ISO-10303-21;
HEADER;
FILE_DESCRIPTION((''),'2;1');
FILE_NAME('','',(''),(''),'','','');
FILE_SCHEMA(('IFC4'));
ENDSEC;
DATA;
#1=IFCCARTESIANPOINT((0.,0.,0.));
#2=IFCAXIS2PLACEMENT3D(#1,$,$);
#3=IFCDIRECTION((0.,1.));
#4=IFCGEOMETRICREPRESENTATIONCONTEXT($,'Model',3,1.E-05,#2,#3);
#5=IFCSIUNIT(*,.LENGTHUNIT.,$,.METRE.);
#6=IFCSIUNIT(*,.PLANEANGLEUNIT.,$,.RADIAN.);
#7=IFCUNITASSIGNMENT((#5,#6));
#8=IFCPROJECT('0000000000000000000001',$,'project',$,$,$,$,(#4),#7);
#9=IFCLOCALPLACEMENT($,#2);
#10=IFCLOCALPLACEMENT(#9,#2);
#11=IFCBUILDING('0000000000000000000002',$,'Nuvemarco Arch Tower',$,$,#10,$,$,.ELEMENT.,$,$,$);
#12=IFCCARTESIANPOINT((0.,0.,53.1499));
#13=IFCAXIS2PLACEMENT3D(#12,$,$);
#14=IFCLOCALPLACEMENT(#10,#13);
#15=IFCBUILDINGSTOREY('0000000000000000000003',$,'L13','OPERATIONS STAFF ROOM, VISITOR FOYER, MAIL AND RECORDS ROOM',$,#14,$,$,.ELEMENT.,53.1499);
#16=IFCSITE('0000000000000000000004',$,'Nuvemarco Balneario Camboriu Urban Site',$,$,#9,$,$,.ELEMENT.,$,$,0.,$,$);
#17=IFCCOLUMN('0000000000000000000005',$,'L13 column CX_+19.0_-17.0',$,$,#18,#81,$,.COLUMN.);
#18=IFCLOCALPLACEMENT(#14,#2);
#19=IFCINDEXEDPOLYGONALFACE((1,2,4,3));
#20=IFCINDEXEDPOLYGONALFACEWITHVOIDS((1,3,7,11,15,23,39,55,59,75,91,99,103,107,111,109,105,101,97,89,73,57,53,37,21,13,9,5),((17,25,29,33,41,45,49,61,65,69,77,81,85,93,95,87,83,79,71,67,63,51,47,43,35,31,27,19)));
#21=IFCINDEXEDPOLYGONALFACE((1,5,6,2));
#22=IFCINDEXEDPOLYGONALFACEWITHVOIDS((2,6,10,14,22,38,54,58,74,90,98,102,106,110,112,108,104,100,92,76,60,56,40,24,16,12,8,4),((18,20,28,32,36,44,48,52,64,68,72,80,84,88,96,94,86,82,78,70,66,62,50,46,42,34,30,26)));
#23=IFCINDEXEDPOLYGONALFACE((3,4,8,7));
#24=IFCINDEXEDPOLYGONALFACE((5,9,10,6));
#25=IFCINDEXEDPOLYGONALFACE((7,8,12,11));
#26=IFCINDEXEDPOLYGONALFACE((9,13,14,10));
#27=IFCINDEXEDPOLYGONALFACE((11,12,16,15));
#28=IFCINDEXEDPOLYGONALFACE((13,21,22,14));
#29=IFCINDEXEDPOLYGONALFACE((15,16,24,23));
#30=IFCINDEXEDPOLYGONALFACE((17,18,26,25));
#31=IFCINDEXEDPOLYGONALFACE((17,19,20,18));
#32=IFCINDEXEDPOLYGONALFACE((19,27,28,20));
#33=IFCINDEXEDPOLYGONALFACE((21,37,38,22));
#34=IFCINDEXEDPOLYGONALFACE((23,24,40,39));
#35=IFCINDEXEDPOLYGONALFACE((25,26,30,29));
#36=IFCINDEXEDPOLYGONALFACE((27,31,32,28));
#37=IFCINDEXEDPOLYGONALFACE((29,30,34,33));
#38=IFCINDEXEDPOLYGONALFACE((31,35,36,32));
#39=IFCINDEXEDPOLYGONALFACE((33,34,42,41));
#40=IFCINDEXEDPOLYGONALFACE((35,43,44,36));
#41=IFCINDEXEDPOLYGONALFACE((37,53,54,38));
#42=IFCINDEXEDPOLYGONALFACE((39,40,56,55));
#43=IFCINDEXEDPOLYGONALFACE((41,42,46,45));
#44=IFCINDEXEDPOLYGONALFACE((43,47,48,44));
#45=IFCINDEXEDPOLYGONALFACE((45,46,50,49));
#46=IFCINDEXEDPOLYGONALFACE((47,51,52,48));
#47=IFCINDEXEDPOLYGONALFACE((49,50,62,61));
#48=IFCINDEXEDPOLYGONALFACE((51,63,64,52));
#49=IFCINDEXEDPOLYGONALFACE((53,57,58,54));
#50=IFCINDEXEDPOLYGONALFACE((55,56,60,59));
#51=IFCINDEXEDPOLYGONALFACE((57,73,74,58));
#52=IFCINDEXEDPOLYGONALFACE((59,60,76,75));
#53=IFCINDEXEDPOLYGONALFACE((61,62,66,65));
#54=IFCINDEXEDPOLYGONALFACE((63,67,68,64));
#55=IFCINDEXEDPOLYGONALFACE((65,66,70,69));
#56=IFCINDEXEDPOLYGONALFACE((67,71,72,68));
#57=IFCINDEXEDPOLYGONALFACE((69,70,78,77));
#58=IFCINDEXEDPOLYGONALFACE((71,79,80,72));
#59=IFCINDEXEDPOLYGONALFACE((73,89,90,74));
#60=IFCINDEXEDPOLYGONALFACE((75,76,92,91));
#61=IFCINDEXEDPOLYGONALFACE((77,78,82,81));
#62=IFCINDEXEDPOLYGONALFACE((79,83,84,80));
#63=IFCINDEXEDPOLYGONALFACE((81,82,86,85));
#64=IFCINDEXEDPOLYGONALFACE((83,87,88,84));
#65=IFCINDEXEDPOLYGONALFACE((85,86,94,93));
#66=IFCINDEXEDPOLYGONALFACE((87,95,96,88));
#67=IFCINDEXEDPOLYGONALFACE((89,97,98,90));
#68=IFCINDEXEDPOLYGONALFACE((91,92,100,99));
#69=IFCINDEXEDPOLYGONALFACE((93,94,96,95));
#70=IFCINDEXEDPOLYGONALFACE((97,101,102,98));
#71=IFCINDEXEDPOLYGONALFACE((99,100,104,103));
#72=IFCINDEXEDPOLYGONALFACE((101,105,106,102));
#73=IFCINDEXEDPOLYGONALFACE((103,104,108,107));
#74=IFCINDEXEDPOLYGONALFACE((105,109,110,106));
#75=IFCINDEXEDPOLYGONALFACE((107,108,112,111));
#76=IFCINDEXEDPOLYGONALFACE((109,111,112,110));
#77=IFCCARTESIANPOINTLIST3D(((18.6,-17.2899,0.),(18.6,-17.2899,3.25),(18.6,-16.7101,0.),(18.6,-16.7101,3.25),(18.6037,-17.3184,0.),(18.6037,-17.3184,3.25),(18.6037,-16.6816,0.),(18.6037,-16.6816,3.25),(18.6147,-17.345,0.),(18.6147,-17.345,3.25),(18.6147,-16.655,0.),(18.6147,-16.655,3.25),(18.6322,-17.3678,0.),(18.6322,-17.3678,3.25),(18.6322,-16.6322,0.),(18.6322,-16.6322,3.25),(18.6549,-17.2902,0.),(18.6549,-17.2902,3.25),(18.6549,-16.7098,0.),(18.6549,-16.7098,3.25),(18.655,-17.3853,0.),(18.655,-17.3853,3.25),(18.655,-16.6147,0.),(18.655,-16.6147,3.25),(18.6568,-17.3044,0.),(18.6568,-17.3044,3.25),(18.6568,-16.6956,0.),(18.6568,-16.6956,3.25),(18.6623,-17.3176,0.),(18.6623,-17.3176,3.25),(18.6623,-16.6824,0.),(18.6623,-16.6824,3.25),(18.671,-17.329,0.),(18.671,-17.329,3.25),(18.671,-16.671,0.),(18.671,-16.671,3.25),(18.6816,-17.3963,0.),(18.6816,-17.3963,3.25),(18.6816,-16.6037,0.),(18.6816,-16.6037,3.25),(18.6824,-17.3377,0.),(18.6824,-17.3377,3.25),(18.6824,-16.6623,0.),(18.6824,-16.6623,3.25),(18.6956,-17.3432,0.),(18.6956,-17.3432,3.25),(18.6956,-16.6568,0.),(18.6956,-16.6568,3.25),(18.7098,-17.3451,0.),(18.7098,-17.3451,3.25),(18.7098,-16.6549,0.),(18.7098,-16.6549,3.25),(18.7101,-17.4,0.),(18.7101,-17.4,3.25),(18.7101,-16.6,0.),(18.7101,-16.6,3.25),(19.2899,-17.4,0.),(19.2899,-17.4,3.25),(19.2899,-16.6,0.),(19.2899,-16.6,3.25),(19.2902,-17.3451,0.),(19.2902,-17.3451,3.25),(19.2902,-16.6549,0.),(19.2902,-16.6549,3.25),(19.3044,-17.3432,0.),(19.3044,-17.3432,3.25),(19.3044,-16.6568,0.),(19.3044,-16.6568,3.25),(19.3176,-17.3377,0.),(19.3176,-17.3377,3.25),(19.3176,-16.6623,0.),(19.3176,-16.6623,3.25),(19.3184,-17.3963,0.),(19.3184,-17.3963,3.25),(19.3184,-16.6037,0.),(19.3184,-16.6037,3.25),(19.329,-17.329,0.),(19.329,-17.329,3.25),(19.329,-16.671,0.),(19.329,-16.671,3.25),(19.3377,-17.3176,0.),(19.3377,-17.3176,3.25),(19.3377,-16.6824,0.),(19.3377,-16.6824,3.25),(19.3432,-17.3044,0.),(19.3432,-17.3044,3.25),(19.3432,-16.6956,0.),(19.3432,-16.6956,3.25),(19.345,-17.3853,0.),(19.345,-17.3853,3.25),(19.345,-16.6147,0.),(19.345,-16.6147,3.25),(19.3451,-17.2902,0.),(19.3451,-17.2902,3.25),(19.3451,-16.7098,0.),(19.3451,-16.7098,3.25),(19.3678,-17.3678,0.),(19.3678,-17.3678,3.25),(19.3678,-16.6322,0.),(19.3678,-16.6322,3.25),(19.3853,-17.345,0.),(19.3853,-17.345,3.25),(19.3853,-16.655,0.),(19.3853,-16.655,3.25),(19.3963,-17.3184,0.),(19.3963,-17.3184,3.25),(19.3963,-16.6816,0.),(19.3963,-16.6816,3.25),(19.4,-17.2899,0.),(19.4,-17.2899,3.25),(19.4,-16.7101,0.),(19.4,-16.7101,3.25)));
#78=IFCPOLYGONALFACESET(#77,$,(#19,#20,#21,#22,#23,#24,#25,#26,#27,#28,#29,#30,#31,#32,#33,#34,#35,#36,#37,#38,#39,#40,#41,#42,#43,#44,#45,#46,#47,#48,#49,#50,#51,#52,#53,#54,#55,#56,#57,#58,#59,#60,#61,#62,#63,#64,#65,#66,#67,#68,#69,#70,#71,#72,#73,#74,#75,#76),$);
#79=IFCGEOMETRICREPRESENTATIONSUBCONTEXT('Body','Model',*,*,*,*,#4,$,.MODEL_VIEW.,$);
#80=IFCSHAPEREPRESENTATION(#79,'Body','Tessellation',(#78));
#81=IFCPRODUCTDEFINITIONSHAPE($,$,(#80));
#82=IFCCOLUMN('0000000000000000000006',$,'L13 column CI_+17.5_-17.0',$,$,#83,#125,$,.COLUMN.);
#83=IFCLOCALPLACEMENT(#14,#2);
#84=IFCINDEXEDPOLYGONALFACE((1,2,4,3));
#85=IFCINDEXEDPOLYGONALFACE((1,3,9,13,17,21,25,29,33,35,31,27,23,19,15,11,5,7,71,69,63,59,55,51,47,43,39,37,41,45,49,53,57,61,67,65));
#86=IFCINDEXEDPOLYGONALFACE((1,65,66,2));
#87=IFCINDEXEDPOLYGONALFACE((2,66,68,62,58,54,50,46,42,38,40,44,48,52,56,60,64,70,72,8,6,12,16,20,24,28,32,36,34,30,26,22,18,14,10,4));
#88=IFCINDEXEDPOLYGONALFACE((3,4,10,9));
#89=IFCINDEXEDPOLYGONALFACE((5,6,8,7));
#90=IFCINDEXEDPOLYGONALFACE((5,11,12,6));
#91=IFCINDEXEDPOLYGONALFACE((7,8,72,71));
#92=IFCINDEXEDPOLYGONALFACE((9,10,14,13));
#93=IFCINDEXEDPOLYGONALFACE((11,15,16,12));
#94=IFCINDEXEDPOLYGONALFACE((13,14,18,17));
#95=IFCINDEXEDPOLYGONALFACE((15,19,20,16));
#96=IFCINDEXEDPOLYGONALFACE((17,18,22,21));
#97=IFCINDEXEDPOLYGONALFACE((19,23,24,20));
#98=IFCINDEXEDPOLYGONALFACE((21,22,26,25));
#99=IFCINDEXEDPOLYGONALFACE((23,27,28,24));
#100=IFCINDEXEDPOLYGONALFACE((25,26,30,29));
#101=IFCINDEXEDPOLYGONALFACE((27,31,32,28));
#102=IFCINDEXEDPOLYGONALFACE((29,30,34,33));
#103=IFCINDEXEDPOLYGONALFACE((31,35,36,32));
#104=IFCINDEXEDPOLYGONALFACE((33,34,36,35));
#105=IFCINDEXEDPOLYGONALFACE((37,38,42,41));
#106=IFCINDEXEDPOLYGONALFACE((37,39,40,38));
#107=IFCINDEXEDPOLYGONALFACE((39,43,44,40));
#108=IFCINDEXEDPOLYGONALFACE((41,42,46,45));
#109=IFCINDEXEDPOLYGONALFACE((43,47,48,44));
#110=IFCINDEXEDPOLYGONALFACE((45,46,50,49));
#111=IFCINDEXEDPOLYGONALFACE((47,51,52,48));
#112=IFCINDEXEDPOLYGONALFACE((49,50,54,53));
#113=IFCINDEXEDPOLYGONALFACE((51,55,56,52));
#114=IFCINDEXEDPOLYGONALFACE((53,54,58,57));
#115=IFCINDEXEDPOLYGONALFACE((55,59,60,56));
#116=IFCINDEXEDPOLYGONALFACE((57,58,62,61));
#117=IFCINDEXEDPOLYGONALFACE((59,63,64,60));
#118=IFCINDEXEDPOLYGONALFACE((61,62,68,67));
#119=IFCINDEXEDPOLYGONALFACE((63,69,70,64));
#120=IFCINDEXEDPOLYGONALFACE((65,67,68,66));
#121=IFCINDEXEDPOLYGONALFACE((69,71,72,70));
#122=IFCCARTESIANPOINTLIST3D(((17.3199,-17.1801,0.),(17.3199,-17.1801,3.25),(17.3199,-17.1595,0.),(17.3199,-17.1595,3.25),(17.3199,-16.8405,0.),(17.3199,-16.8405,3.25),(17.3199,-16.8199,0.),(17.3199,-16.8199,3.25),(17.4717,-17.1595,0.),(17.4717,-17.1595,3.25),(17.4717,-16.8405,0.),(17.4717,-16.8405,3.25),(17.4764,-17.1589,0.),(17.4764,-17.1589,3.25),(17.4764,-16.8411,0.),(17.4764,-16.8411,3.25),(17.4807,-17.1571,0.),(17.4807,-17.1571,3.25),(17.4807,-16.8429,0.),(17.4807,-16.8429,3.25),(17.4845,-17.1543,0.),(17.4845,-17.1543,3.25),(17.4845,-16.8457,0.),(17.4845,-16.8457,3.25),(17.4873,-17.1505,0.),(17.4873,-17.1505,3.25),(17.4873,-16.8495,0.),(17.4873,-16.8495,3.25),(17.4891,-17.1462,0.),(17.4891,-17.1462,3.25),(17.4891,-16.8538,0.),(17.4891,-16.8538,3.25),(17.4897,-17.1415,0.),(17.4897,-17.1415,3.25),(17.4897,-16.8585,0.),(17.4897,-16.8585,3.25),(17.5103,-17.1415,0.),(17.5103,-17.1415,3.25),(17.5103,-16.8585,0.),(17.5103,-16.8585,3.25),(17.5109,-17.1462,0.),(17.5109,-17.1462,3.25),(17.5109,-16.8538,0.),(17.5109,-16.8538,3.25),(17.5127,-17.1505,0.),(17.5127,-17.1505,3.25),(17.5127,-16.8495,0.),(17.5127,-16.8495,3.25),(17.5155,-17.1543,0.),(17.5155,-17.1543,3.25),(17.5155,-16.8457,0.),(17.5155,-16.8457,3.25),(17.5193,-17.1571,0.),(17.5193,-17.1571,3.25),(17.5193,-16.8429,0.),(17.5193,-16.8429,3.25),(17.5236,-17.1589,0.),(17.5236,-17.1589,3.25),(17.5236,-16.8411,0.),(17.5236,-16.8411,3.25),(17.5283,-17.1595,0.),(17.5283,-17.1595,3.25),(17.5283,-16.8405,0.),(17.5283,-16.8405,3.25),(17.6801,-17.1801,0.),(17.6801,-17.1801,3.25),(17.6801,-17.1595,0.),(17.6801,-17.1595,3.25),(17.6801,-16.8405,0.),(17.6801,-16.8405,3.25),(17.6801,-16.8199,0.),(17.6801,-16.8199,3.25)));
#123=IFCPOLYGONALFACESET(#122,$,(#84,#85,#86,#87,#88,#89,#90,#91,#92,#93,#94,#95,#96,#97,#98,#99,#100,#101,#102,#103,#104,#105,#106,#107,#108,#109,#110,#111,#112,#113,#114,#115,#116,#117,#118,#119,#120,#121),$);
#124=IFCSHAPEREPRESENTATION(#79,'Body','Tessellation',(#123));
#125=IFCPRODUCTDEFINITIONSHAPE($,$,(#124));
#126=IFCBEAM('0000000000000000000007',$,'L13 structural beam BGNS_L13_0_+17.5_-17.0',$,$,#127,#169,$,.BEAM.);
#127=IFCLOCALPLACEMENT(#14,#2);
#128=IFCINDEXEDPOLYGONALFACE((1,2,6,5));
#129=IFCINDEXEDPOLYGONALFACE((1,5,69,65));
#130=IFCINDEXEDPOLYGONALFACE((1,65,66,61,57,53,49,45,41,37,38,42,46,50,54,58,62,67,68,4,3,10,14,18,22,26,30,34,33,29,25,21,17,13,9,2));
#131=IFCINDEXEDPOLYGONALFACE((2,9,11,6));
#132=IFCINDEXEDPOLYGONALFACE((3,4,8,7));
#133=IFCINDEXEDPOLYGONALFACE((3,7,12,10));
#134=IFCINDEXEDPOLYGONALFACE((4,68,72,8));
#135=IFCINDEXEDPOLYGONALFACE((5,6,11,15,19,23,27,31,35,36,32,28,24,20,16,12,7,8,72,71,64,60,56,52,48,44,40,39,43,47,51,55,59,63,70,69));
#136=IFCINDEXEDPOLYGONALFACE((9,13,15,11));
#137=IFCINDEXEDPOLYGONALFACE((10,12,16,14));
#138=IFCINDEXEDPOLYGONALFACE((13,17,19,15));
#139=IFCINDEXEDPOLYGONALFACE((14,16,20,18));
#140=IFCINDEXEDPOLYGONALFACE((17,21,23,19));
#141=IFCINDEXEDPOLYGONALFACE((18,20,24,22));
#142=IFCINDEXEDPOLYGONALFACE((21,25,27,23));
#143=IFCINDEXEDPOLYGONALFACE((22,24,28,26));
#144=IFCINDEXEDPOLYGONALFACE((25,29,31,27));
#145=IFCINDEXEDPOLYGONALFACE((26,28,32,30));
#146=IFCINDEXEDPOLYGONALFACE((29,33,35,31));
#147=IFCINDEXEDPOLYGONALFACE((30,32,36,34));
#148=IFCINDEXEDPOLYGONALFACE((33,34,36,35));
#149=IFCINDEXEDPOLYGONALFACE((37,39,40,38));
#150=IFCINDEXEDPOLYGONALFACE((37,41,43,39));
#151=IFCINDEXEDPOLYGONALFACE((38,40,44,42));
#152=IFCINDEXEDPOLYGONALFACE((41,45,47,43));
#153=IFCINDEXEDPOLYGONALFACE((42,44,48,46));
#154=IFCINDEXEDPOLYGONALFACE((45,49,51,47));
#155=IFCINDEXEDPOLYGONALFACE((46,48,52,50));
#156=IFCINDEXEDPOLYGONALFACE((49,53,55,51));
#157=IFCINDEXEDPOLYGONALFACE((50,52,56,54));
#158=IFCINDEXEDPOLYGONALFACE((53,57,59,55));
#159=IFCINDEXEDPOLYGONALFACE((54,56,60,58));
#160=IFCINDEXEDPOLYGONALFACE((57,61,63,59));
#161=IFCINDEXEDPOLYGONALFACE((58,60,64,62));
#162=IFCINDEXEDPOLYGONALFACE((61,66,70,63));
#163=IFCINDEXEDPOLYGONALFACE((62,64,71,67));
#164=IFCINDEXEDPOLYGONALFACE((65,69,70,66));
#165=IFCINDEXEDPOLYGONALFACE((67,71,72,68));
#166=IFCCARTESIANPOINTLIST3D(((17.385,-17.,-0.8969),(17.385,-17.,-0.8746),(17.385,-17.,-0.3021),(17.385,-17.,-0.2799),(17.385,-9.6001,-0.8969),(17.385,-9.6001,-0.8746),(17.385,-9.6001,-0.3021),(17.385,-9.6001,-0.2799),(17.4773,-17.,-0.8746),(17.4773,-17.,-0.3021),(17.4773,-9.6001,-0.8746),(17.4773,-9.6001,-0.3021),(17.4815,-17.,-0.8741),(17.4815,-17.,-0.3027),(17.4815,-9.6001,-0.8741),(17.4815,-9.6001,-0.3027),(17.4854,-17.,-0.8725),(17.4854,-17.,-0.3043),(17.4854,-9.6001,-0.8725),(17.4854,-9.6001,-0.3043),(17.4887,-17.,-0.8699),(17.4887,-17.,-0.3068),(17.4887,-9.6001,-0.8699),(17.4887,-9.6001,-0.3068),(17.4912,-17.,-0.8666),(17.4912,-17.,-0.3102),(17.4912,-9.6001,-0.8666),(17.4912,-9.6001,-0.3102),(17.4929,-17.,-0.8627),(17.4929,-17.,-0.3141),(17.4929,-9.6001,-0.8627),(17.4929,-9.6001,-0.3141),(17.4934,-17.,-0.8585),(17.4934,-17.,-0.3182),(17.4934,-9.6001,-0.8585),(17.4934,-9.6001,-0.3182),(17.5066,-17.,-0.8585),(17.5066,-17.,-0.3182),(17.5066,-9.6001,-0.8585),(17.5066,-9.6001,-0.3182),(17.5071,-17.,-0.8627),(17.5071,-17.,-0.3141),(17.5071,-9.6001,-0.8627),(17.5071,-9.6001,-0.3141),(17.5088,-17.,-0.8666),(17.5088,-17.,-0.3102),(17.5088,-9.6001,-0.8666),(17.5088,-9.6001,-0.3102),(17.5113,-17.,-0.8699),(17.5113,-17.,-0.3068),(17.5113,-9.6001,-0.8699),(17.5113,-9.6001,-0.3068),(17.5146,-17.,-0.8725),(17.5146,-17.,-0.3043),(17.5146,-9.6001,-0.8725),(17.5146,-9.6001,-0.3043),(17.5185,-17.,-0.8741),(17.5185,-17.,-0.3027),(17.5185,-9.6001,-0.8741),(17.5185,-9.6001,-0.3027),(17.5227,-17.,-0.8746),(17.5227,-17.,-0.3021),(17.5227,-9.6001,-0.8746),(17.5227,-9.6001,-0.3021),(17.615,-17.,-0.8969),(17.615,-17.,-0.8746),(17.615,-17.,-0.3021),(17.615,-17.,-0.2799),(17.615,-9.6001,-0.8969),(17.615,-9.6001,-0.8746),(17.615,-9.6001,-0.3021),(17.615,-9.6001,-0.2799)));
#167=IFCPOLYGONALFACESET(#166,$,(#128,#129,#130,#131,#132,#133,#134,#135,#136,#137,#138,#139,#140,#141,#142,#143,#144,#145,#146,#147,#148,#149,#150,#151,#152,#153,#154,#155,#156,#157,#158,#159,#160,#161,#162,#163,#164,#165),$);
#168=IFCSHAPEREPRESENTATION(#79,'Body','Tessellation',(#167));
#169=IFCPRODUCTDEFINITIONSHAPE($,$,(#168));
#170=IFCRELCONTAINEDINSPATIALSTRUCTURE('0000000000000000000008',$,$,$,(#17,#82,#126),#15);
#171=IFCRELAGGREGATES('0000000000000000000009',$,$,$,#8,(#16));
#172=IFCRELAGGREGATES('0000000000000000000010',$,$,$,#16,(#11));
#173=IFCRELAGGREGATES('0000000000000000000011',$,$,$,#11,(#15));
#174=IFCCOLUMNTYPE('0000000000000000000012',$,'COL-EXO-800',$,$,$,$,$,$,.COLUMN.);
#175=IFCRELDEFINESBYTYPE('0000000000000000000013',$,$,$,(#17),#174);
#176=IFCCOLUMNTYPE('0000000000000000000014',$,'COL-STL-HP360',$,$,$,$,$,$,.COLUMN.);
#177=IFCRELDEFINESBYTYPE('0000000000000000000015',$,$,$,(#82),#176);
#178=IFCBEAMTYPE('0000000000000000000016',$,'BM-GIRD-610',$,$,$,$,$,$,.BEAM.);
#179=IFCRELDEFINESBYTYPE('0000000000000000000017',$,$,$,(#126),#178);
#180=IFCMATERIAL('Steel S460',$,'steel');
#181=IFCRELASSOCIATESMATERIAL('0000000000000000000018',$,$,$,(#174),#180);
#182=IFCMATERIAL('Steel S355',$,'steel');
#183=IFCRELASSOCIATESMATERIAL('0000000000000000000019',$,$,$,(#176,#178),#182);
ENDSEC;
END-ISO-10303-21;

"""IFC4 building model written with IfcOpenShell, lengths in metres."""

from ifc_helpers import new_model, si_unit, direction, frame, origin, origin_2d, place, context, subcontext, project, spatial, hollow_rectangle, i_section, extrude, material, material_profile, profile_set, type_object, element, save


model = new_model("IFC4")

# Units and contexts
model_context = context("Model", 3, precision=1e-05, world=origin(), true_north=direction((0.0, 1.0)))
body_context = subcontext(model_context, "Body", "Model", "MODEL_VIEW")
ifc_project = project(units=[si_unit("LENGTHUNIT", "METRE"), si_unit("PLANEANGLEUNIT", "RADIAN")], contexts=[model_context])

# Site, building, storey
site_placement = place(None, origin())
site = spatial("IfcSite", under=ifc_project, at=site_placement, Name="Nuvemarco Balneario Camboriu Urban Site", CompositionType="ELEMENT", RefElevation=0.0)
building_placement = place(site_placement, origin())
building = spatial("IfcBuilding", under=site, at=building_placement, Name="Nuvemarco Arch Tower", CompositionType="ELEMENT")
storey_placement = place(building_placement, frame((0.0, 0.0, 53.1499)))
storey = spatial("IfcBuildingStorey", under=building, at=storey_placement, Name="L13", Description="OPERATIONS STAFF ROOM, VISITOR FOYER, MAIL AND RECORDS ROOM", CompositionType="ELEMENT", Elevation=53.1499)

# Columns
ifc_material_1 = material(Name="Steel S460", Category="steel")
ifc_material_profile_1 = material_profile(ifc_material_1, hollow_rectangle(XDim=0.8, YDim=0.8, WallThickness=0.0549, InnerFilletRadius=0.0549, OuterFilletRadius=0.1101, at=origin_2d()), Name="SHS800x800x55")
ifc_profile_set_1 = profile_set([ifc_material_profile_1], Name="Steel S460")
column_type_1 = type_object("IfcColumnType", Name="COL-EXO-800", PredefinedType="COLUMN", material=ifc_profile_set_1)
column_1_placement = place(storey_placement, frame((19.0, -17.0, 0.0), z_axis=(0.0, 0.0, 1.0), x_axis=(1.0, 0.0, 0.0)))
element("IfcColumn", 1, at=column_1_placement, inside=storey, type_object=column_type_1, Name="L13 column CX_+19.0_-17.0", PredefinedType="COLUMN", context=body_context, shape_type="SweptSolid", body=[
    extrude(hollow_rectangle(XDim=0.8, YDim=0.8, WallThickness=0.0549, InnerFilletRadius=0.0549, OuterFilletRadius=0.1101, at=origin_2d()), origin(), (0.0, 0.0, 1.0), 3.25),
])
ifc_material_2 = material(Name="Steel S355", Category="steel")
ifc_material_profile_2 = material_profile(ifc_material_2, i_section(OverallWidth=0.3601, OverallDepth=0.3601, WebThickness=0.0205, FlangeThickness=0.0205, FilletRadius=0.0181, at=origin_2d()), Name="HP360x174")
ifc_profile_set_2 = profile_set([ifc_material_profile_2], Name="Steel S355")
column_type_2 = type_object("IfcColumnType", Name="COL-STL-HP360", PredefinedType="COLUMN", material=ifc_profile_set_2)
column_2_placement = place(storey_placement, frame((17.5, -17.0, 0.0), z_axis=(0.0, 0.0, 1.0), x_axis=(1.0, 0.0, 0.0)))
element("IfcColumn", 2, at=column_2_placement, inside=storey, type_object=column_type_2, Name="L13 column CI_+17.5_-17.0", PredefinedType="COLUMN", context=body_context, shape_type="SweptSolid", body=[
    extrude(i_section(OverallWidth=0.3601, OverallDepth=0.3601, WebThickness=0.0205, FlangeThickness=0.0205, FilletRadius=0.0181, at=origin_2d()), origin(), (0.0, 0.0, 1.0), 3.25),
])

# Beam
ifc_material_profile_3 = material_profile(ifc_material_2, i_section(OverallWidth=0.23, OverallDepth=0.6169, WebThickness=0.0132, FlangeThickness=0.0222, FilletRadius=0.0161, at=origin_2d()), Name="W610x140")
ifc_profile_set_3 = profile_set([ifc_material_profile_3], Name="Steel S355")
beam_type_1 = type_object("IfcBeamType", Name="BM-GIRD-610", PredefinedType="BEAM", material=ifc_profile_set_3)
beam_1_placement = place(storey_placement, frame((17.5, -17.0, -0.5884), z_axis=(0.0, 1.0, 0.0), x_axis=(-1.0, 0.0, 0.0)))
element("IfcBeam", 3, at=beam_1_placement, inside=storey, type_object=beam_type_1, Name="L13 structural beam BGNS_L13_0_+17.5_-17.0", PredefinedType="BEAM", context=body_context, shape_type="SweptSolid", body=[
    extrude(i_section(OverallWidth=0.23, OverallDepth=0.6169, WebThickness=0.0132, FlangeThickness=0.0222, FilletRadius=0.0161, at=origin_2d()), origin(), (0.0, 0.0, 1.0), 7.3999),
])

save(model, "model.ifc")
